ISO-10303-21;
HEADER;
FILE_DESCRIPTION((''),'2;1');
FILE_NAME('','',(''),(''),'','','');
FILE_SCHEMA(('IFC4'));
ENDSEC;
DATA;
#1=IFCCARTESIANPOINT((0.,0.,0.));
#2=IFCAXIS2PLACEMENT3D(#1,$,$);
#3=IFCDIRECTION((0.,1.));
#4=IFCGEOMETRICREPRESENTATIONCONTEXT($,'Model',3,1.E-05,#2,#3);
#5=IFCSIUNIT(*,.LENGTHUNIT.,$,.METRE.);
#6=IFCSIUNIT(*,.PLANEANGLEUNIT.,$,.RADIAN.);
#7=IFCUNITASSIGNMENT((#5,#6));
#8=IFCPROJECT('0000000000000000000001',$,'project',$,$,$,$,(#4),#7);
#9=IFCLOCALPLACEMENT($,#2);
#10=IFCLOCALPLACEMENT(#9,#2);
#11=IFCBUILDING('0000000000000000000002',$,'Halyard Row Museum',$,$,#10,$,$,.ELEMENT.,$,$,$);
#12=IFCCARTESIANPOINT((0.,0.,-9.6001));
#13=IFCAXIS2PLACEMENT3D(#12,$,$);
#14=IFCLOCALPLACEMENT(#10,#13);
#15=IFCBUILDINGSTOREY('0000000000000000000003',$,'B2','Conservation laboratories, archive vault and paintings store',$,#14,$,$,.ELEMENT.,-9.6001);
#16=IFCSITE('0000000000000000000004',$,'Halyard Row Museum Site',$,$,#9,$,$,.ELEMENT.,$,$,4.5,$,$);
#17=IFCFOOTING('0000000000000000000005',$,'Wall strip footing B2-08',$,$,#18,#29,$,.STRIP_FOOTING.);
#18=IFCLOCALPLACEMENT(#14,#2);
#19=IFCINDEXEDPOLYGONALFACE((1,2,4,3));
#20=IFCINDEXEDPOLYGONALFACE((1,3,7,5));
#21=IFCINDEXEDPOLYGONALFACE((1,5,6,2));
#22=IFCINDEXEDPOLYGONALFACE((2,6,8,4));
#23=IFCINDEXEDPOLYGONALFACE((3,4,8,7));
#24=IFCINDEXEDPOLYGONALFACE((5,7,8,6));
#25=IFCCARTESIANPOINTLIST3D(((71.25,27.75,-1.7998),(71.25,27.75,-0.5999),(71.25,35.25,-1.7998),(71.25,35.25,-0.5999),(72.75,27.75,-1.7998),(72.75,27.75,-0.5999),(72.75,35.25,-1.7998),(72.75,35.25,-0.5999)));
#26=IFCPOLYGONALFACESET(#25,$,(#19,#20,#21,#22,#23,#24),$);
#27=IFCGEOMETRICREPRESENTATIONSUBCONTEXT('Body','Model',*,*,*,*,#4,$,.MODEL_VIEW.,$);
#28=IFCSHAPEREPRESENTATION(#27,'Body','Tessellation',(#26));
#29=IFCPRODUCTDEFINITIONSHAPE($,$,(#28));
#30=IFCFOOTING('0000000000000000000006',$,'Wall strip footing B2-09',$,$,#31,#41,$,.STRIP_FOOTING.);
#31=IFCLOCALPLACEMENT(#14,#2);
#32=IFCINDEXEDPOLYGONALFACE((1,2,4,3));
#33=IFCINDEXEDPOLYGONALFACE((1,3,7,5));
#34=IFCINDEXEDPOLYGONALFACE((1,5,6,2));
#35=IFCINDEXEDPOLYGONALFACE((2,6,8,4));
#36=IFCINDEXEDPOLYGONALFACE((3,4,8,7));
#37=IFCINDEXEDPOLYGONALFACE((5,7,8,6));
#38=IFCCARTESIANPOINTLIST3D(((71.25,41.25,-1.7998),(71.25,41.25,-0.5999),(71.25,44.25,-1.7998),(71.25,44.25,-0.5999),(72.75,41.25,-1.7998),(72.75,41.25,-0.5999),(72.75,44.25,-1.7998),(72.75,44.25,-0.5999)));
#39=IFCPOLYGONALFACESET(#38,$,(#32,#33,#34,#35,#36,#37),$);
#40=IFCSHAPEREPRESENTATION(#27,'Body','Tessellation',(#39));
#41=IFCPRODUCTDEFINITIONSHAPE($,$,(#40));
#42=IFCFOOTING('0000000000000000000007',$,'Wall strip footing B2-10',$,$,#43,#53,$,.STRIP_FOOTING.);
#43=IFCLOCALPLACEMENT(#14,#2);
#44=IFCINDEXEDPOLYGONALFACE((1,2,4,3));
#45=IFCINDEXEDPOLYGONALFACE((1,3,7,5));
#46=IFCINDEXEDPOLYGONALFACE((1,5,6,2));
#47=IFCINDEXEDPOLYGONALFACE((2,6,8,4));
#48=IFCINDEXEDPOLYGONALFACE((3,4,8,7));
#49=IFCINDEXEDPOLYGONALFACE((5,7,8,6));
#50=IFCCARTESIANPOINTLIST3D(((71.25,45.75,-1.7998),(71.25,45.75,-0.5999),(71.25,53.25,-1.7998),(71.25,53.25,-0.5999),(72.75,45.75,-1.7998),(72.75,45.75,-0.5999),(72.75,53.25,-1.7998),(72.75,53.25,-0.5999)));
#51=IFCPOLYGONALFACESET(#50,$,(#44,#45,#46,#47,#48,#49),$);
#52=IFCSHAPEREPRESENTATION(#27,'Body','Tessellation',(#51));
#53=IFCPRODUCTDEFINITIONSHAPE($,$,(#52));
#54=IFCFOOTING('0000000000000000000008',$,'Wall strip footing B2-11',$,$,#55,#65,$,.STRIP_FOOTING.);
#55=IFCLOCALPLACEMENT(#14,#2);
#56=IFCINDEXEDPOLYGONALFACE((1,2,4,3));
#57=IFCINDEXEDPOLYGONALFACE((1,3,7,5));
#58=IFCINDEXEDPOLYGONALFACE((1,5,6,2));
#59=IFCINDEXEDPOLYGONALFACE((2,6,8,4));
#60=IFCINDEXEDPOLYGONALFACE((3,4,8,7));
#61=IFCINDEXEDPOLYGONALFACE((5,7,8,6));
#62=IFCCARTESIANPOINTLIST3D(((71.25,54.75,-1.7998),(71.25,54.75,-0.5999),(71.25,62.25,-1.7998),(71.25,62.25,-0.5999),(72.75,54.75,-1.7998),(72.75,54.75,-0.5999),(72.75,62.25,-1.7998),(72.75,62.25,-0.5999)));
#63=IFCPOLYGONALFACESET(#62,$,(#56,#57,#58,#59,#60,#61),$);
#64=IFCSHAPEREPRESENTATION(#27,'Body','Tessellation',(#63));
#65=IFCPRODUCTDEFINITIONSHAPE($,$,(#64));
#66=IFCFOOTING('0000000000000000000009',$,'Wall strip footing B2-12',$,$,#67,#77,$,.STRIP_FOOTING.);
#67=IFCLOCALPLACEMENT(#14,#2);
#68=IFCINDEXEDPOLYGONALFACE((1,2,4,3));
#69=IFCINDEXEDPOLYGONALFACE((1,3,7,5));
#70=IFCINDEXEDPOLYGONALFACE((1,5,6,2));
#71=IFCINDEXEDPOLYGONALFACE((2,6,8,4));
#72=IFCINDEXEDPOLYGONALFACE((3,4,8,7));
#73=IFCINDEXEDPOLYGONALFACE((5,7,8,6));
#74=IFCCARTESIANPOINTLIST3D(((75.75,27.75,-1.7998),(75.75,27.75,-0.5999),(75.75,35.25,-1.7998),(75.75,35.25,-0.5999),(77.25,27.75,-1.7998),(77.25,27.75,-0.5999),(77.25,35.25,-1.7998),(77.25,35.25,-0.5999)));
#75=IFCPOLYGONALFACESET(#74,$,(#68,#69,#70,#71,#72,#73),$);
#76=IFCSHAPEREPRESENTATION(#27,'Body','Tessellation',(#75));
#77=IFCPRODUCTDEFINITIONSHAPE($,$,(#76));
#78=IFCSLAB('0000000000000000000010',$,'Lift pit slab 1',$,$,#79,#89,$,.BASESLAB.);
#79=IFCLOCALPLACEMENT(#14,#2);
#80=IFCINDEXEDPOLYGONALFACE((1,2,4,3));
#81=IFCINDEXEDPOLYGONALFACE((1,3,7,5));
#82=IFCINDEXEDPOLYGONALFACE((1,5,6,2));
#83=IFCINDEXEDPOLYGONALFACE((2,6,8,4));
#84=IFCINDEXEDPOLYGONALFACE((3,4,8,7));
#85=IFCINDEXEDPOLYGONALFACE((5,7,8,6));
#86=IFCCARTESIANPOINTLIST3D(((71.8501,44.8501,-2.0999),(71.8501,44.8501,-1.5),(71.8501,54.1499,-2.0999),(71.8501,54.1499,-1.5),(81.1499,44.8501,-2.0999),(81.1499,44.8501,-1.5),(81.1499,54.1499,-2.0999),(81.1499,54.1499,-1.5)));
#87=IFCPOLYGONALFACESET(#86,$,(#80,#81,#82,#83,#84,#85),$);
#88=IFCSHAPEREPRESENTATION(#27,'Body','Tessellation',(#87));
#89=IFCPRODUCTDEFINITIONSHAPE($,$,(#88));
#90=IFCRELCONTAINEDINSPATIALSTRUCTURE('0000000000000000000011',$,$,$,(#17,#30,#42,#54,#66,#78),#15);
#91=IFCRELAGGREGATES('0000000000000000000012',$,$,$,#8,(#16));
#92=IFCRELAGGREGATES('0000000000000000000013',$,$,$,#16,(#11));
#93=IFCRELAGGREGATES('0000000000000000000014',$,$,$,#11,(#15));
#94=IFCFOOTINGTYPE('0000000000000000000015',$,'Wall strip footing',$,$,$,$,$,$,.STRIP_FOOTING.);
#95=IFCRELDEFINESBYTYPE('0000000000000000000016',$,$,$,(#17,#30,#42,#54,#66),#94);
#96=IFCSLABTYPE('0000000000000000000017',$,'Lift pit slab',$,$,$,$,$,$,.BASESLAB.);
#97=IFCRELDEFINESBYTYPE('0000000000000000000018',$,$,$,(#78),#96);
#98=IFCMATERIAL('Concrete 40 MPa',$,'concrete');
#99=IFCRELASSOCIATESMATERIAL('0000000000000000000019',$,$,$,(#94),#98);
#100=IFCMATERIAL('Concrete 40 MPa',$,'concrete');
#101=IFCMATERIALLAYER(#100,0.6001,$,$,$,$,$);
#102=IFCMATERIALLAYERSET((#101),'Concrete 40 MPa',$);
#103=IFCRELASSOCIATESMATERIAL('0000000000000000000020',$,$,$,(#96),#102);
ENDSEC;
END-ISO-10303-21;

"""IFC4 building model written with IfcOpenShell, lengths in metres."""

from ifc_helpers import new_model, si_unit, direction, frame, origin, place, context, subcontext, project, spatial, polyline, outline, extrude, material, layer, layer_set, type_object, element, save


model = new_model("IFC4")

# Units and contexts
model_context = context("Model", 3, precision=1e-05, world=origin(), true_north=direction((0.0, 1.0)))
body_context = subcontext(model_context, "Body", "Model", "MODEL_VIEW")
ifc_project = project(units=[si_unit("LENGTHUNIT", "METRE"), si_unit("PLANEANGLEUNIT", "RADIAN")], contexts=[model_context])

# Site, building, storey
site_placement = place(None, origin())
site = spatial("IfcSite", under=ifc_project, at=site_placement, Name="Halyard Row Museum Site", CompositionType="ELEMENT", RefElevation=4.5)
building_placement = place(site_placement, origin())
building = spatial("IfcBuilding", under=site, at=building_placement, Name="Halyard Row Museum", CompositionType="ELEMENT")
storey_placement = place(building_placement, frame((0.0, 0.0, -9.6001)))
storey = spatial("IfcBuildingStorey", under=building, at=storey_placement, Name="B2", Description="Conservation laboratories, archive vault and paintings store", CompositionType="ELEMENT", Elevation=-9.6001)

# Footings
ifc_material_1 = material(Name="Concrete 40 MPa", Category="concrete")
footing_type_1 = type_object("IfcFootingType", Name="Wall strip footing", PredefinedType="STRIP_FOOTING", material=ifc_material_1)
footing_1_placement = place(storey_placement, frame((0.0, 0.0, -1.7998)))
element("IfcFooting", 1, at=footing_1_placement, inside=storey, type_object=footing_type_1, Name="Wall strip footing B2-08", PredefinedType="STRIP_FOOTING", context=body_context, shape_type="SweptSolid", body=[
    extrude(outline(polyline([(71.25, 27.75), (72.75, 27.75), (72.75, 35.25), (71.25, 35.25), (71.25, 27.75)])), origin(), (0.0, 0.0, 1.0), 1.2),
])
footing_2_placement = place(storey_placement, frame((0.0, 0.0, -1.7998)))
element("IfcFooting", 2, at=footing_2_placement, inside=storey, type_object=footing_type_1, Name="Wall strip footing B2-09", PredefinedType="STRIP_FOOTING", context=body_context, shape_type="SweptSolid", body=[
    extrude(outline(polyline([(71.25, 41.25), (72.75, 41.25), (72.75, 44.25), (71.25, 44.25), (71.25, 41.25)])), origin(), (0.0, 0.0, 1.0), 1.2),
])
footing_3_placement = place(storey_placement, frame((0.0, 0.0, -1.7998)))
element("IfcFooting", 3, at=footing_3_placement, inside=storey, type_object=footing_type_1, Name="Wall strip footing B2-10", PredefinedType="STRIP_FOOTING", context=body_context, shape_type="SweptSolid", body=[
    extrude(outline(polyline([(71.25, 45.75), (72.75, 45.75), (72.75, 53.25), (71.25, 53.25), (71.25, 45.75)])), origin(), (0.0, 0.0, 1.0), 1.2),
])
footing_4_placement = place(storey_placement, frame((0.0, 0.0, -1.7998)))
element("IfcFooting", 4, at=footing_4_placement, inside=storey, type_object=footing_type_1, Name="Wall strip footing B2-11", PredefinedType="STRIP_FOOTING", context=body_context, shape_type="SweptSolid", body=[
    extrude(outline(polyline([(71.25, 54.75), (72.75, 54.75), (72.75, 62.25), (71.25, 62.25), (71.25, 54.75)])), origin(), (0.0, 0.0, 1.0), 1.2),
])
footing_5_placement = place(storey_placement, frame((0.0, 0.0, -1.7998)))
element("IfcFooting", 5, at=footing_5_placement, inside=storey, type_object=footing_type_1, Name="Wall strip footing B2-12", PredefinedType="STRIP_FOOTING", context=body_context, shape_type="SweptSolid", body=[
    extrude(outline(polyline([(75.75, 27.75), (77.25, 27.75), (77.25, 35.25), (75.75, 35.25), (75.75, 27.75)])), origin(), (0.0, 0.0, 1.0), 1.2),
])

# Slab
ifc_material_2 = material(Name="Concrete 40 MPa", Category="concrete")
ifc_layer = layer(ifc_material_2, 0.6001)
ifc_layer_set = layer_set([ifc_layer], Name="Concrete 40 MPa")
slab_type = type_object("IfcSlabType", Name="Lift pit slab", PredefinedType="BASESLAB", material=ifc_layer_set)
slab_placement = place(storey_placement, frame((0.0, 0.0, -2.0999)))
element("IfcSlab", 6, at=slab_placement, inside=storey, type_object=slab_type, Name="Lift pit slab 1", PredefinedType="BASESLAB", context=body_context, shape_type="SweptSolid", body=[
    extrude(outline(polyline([(81.1499, 44.8501), (81.1499, 54.1499), (71.8501, 54.1499), (71.8501, 44.8501), (81.1499, 44.8501)])), origin(), (0.0, 0.0, 1.0), 0.5999),
])

save(model, "model.ifc")
